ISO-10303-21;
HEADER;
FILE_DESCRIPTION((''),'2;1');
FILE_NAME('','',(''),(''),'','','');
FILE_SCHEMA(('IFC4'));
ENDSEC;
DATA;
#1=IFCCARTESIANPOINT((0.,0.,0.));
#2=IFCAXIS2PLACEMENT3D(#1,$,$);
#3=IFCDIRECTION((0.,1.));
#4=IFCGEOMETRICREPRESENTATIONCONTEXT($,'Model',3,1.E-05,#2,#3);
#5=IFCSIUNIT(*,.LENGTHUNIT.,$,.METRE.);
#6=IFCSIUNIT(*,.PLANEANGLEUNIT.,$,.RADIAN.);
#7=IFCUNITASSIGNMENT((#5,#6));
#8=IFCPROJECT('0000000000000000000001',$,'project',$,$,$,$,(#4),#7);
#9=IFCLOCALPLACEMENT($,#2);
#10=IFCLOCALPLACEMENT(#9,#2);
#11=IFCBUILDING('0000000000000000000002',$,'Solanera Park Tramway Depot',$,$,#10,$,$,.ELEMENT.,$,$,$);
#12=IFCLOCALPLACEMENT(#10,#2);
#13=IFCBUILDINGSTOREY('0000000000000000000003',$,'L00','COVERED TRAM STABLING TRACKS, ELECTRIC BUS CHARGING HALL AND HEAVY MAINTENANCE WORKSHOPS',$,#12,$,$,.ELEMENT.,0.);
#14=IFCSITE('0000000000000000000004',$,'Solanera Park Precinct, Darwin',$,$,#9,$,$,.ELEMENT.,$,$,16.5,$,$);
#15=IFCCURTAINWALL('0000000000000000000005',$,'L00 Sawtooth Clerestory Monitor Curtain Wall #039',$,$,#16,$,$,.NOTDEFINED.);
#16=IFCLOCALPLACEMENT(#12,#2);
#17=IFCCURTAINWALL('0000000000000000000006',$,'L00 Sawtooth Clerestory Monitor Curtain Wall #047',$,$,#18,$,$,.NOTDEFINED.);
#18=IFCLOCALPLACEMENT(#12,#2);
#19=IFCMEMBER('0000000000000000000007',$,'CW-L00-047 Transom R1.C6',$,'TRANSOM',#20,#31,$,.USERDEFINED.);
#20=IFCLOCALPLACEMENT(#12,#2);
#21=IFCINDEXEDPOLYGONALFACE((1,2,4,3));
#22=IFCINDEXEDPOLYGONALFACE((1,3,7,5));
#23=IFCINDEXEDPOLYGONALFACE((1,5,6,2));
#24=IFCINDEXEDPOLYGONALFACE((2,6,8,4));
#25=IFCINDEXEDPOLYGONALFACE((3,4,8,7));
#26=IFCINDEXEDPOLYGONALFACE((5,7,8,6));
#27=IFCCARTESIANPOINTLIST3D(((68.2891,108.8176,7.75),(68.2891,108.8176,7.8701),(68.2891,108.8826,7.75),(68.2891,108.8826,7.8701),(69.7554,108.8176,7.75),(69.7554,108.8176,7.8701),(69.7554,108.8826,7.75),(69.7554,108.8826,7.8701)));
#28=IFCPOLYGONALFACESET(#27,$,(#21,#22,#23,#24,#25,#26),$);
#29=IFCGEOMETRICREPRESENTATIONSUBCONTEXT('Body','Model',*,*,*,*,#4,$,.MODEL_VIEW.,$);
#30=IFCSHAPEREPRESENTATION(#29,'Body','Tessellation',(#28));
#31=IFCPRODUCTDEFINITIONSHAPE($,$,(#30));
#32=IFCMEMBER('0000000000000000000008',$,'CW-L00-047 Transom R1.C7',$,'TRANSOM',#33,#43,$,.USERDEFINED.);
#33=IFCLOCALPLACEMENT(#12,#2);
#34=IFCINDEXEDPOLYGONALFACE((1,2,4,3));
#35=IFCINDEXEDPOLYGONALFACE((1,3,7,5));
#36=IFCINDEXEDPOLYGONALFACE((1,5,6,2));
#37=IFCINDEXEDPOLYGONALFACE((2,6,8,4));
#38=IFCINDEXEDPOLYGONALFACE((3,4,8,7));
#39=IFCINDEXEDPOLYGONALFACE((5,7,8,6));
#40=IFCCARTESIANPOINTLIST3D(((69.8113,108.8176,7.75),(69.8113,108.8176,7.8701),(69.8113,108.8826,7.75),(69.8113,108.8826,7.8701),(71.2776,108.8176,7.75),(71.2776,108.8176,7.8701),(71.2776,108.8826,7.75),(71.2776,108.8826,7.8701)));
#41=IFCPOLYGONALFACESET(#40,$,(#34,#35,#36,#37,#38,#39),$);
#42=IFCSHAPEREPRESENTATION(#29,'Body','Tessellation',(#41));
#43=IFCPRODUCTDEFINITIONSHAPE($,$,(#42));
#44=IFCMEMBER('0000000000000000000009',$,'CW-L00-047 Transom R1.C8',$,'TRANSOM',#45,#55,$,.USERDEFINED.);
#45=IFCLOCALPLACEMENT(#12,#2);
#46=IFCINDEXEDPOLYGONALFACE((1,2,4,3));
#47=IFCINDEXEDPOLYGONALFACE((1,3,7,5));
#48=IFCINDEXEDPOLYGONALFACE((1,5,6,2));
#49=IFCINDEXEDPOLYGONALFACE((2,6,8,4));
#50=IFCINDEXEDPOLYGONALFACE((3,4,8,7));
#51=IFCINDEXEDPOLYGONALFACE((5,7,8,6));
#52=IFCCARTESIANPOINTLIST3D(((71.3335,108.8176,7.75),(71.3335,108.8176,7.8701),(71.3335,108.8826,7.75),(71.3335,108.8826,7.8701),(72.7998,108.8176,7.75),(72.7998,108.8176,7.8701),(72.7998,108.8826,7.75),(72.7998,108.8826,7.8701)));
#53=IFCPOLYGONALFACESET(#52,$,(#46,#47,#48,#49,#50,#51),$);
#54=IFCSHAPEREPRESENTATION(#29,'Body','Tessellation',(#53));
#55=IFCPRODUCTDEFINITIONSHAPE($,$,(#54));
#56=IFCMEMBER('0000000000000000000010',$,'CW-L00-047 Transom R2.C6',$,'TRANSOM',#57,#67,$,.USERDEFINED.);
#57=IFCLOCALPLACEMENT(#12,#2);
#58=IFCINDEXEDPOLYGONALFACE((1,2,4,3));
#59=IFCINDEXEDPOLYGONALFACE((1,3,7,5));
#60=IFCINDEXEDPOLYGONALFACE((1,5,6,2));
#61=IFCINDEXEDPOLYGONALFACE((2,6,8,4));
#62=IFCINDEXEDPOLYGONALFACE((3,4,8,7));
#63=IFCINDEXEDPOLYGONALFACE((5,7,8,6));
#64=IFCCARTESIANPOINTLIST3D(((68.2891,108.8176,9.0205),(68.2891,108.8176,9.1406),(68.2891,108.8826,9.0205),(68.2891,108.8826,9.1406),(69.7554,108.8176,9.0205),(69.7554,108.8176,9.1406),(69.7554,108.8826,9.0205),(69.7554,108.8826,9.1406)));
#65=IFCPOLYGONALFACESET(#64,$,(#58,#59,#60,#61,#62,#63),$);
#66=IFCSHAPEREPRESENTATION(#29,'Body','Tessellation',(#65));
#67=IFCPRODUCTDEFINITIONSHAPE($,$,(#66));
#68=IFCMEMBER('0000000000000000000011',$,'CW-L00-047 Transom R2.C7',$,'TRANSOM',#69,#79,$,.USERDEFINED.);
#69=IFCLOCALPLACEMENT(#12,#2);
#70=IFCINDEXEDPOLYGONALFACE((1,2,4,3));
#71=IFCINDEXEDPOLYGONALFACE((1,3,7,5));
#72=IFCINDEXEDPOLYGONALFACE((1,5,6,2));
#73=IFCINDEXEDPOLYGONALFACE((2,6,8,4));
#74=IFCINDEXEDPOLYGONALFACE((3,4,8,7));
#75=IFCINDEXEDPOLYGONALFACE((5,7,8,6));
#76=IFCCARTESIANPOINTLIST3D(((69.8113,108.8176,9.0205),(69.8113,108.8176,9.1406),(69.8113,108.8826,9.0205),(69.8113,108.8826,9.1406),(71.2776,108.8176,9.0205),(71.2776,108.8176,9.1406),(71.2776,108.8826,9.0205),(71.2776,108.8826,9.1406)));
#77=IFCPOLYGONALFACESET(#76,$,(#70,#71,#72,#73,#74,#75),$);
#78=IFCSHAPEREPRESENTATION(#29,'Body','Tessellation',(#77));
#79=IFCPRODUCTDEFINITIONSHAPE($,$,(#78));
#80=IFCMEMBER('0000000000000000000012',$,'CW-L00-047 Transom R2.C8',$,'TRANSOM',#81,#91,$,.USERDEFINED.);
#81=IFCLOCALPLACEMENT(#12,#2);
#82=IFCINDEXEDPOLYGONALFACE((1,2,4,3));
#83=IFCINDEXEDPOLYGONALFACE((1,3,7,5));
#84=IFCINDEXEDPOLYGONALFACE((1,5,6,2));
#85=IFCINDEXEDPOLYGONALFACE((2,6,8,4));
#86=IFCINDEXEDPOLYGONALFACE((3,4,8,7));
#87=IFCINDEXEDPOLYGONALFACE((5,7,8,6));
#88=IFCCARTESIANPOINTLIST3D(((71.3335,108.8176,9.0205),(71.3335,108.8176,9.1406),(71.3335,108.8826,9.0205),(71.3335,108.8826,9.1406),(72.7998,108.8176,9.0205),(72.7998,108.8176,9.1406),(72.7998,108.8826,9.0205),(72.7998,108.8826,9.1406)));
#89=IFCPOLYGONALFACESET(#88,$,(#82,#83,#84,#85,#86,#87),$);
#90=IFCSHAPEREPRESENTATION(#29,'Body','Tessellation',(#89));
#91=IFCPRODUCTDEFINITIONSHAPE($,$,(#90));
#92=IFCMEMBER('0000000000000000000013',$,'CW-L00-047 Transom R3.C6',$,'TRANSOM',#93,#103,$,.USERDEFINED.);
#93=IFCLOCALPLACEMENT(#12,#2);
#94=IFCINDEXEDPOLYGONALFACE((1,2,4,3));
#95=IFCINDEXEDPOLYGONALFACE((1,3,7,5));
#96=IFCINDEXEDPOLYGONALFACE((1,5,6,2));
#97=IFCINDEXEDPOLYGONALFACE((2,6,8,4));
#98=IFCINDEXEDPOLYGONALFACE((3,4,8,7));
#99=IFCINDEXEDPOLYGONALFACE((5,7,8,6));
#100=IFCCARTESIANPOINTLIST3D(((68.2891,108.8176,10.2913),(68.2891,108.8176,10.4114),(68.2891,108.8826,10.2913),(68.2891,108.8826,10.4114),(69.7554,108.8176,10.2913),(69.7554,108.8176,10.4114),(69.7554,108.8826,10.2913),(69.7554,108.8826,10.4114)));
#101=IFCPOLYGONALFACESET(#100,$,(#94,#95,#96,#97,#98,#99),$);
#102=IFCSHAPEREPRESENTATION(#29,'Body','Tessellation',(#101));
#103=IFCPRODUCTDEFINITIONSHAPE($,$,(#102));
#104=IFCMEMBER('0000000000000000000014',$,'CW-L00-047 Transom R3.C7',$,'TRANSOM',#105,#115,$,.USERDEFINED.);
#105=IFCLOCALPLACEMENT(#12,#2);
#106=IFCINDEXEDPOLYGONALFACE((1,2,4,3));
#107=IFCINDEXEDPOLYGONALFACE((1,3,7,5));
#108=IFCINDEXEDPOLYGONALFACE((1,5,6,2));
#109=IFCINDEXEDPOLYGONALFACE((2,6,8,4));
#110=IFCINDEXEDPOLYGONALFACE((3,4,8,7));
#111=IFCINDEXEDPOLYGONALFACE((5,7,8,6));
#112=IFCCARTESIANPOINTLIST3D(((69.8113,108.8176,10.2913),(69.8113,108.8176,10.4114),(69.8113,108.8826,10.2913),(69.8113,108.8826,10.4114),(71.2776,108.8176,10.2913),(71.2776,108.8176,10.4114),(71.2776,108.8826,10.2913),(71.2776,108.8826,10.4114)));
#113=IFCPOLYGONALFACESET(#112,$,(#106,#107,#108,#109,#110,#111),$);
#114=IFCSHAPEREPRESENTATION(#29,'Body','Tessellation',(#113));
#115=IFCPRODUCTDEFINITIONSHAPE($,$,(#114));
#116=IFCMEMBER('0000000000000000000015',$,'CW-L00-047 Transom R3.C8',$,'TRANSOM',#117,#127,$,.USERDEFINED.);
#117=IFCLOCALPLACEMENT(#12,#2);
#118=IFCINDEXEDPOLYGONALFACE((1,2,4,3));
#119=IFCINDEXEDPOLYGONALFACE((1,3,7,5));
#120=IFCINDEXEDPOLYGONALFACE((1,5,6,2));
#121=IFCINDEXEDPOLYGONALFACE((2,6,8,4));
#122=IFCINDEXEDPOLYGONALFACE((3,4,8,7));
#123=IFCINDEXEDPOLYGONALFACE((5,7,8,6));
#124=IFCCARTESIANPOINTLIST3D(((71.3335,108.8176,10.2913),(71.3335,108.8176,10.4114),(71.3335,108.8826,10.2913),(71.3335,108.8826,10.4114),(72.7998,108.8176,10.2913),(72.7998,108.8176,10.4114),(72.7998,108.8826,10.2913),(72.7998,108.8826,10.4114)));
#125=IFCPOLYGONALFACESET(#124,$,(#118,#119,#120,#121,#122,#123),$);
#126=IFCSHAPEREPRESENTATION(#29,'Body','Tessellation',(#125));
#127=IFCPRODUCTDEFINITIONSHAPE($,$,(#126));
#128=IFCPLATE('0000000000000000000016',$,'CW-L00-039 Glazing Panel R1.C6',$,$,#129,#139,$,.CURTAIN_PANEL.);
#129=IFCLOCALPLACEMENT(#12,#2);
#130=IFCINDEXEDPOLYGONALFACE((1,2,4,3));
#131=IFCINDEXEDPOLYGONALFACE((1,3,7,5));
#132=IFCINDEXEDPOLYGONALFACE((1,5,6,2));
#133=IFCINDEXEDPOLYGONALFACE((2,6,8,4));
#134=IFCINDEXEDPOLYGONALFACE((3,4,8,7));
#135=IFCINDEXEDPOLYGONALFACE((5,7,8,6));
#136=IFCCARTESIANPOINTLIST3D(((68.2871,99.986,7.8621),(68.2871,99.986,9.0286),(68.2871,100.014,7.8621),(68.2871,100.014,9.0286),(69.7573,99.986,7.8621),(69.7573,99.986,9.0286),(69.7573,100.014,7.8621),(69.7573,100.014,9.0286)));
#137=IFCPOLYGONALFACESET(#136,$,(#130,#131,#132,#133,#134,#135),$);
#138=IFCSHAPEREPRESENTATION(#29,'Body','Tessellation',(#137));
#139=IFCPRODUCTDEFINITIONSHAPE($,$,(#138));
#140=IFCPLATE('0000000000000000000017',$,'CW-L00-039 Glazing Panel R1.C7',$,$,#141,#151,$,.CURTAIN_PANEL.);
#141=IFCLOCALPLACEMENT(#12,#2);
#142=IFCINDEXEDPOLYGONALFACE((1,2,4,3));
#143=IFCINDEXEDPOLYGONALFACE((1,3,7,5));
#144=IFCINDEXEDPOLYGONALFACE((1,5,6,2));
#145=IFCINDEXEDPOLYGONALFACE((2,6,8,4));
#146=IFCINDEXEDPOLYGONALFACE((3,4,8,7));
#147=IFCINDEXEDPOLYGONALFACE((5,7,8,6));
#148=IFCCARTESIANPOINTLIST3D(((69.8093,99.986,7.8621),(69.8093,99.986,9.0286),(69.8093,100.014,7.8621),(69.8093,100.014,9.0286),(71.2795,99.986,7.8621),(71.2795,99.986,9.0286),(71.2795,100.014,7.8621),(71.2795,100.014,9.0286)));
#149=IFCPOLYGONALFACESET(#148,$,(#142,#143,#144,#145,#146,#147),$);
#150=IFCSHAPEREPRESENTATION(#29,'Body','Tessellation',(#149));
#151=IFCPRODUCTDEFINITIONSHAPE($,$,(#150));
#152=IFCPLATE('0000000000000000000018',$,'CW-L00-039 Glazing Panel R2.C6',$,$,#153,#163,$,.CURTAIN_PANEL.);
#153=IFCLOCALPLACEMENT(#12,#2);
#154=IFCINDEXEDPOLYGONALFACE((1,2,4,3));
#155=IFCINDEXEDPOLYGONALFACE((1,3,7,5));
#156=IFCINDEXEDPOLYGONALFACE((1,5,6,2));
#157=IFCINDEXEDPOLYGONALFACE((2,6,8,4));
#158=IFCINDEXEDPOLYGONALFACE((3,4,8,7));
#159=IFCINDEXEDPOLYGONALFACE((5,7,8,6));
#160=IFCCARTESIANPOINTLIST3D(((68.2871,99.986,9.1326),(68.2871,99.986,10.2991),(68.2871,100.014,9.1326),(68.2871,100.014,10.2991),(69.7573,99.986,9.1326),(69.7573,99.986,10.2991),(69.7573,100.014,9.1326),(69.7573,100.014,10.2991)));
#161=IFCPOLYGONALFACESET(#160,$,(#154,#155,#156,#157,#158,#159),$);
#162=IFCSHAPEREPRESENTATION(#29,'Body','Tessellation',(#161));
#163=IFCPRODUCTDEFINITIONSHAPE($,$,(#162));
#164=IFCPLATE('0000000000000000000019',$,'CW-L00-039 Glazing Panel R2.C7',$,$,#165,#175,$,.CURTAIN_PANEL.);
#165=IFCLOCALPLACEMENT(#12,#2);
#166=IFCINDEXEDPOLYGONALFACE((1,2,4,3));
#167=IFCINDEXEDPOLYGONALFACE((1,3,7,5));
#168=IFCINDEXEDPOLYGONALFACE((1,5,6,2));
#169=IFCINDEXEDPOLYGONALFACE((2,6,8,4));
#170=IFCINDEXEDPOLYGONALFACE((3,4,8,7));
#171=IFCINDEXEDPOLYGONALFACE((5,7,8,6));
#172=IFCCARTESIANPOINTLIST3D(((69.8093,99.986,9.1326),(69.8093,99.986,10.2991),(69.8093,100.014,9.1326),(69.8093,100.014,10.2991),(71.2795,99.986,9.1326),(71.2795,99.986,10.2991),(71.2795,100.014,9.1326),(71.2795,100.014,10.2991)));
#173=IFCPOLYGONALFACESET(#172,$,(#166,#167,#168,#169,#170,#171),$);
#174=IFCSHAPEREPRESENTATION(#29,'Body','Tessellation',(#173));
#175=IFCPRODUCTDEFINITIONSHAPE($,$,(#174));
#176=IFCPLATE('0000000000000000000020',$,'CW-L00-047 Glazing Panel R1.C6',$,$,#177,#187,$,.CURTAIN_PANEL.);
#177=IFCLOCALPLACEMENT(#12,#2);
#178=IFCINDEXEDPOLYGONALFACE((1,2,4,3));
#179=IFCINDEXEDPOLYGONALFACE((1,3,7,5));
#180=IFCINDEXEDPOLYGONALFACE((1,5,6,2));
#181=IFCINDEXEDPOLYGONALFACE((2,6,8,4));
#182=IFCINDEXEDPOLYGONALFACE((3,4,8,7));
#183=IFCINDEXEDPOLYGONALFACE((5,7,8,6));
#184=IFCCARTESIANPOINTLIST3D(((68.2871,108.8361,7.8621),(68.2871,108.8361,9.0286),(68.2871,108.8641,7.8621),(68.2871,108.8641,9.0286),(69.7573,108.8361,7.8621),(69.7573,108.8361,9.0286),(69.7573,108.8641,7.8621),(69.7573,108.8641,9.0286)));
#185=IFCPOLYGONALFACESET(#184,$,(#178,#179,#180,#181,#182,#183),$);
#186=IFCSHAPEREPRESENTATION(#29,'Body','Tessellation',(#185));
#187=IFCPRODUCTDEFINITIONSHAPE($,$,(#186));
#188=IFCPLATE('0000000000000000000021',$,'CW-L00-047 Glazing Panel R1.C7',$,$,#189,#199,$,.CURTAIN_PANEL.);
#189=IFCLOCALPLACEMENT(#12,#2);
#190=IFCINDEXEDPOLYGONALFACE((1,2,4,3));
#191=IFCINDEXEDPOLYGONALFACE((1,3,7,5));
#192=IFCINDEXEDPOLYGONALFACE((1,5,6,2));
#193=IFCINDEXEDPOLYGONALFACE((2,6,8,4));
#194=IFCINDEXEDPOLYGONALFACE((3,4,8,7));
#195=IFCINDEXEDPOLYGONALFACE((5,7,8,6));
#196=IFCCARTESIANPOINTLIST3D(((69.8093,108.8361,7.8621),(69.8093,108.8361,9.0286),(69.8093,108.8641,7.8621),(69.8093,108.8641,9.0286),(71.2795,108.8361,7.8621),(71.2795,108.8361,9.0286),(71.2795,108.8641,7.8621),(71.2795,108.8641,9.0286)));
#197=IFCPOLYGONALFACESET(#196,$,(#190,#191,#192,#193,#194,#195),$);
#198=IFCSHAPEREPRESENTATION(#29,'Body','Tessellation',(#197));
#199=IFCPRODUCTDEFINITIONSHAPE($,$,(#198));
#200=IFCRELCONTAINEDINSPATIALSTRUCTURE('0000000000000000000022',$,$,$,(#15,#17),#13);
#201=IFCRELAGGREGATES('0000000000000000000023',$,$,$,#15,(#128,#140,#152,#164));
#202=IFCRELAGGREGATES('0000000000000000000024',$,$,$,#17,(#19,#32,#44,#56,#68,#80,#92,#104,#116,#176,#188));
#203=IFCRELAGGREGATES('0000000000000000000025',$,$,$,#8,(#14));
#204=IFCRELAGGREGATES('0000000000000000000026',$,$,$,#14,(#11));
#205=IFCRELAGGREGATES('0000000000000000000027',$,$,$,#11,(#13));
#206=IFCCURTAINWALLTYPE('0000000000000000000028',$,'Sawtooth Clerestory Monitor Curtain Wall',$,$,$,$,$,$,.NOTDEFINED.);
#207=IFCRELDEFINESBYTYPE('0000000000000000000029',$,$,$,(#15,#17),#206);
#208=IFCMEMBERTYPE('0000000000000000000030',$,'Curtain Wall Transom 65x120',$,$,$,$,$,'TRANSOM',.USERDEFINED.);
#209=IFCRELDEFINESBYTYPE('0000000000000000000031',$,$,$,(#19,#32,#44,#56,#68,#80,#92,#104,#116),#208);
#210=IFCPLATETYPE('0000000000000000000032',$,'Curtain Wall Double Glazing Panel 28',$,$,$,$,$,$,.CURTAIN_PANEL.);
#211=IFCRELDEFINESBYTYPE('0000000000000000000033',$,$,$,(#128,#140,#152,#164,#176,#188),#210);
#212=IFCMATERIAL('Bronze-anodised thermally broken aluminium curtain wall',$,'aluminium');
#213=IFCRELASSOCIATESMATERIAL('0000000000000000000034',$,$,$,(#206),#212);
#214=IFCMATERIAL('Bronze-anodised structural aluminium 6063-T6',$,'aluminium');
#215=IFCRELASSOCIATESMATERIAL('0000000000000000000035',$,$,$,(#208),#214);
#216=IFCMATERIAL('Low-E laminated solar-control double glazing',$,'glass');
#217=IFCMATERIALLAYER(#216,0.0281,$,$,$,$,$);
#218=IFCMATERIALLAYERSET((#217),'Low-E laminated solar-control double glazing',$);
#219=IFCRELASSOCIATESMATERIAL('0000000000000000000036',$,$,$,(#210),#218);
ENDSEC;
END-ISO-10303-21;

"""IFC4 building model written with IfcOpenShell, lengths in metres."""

from ifc_helpers import new_model, si_unit, direction, frame, origin, origin_2d, place, context, subcontext, project, spatial, rectangle, extrude, material, layer, layer_set, material_profile, profile_set, type_object, element, aggregate, save


model = new_model("IFC4")

# Units and contexts
model_context = context("Model", 3, precision=1e-05, world=origin(), true_north=direction((0.0, 1.0)))
body_context = subcontext(model_context, "Body", "Model", "MODEL_VIEW")
ifc_project = project(units=[si_unit("LENGTHUNIT", "METRE"), si_unit("PLANEANGLEUNIT", "RADIAN")], contexts=[model_context])

# Site, building, storey
site_placement = place(None, origin())
site = spatial("IfcSite", under=ifc_project, at=site_placement, Name="Solanera Park Precinct, Darwin", CompositionType="ELEMENT", RefElevation=16.5)
building_placement = place(site_placement, origin())
building = spatial("IfcBuilding", under=site, at=building_placement, Name="Solanera Park Tramway Depot", CompositionType="ELEMENT")
storey_placement = place(building_placement, origin())
storey = spatial("IfcBuildingStorey", under=building, at=storey_placement, Name="L00", Description="COVERED TRAM STABLING TRACKS, ELECTRIC BUS CHARGING HALL AND HEAVY MAINTENANCE WORKSHOPS", CompositionType="ELEMENT", Elevation=0.0)

# Curtain walls
ifc_material_1 = material(Name="Bronze-anodised thermally broken aluminium curtain wall", Category="aluminium")
curtain_wall_type = type_object("IfcCurtainWallType", Name="Sawtooth Clerestory Monitor Curtain Wall", PredefinedType="NOTDEFINED", material=ifc_material_1)
curtain_wall_1_placement = place(storey_placement, origin())
curtain_wall_1 = element("IfcCurtainWall", 1, at=curtain_wall_1_placement, inside=storey, type_object=curtain_wall_type, Name="L00 Sawtooth Clerestory Monitor Curtain Wall #039", PredefinedType="NOTDEFINED")
curtain_wall_2_placement = place(storey_placement, origin())
curtain_wall_2 = element("IfcCurtainWall", 2, at=curtain_wall_2_placement, inside=storey, type_object=curtain_wall_type, Name="L00 Sawtooth Clerestory Monitor Curtain Wall #047", PredefinedType="NOTDEFINED")

# Members
ifc_material_2 = material(Name="Bronze-anodised structural aluminium 6063-T6", Category="aluminium")
ifc_material_profile_1 = material_profile(ifc_material_2, rectangle(XDim=0.0649, YDim=0.1201, at=origin_2d()), Name="Curtain Wall Transom 65x120")
ifc_profile_set_1 = profile_set([ifc_material_profile_1], Name="Bronze-anodised structural aluminium 6063-T6")
member_type_1 = type_object("IfcMemberType", Name="Curtain Wall Transom 65x120", ElementType="TRANSOM", PredefinedType="USERDEFINED", material=ifc_profile_set_1)
member_1_placement = place(storey_placement, frame((68.2891, 108.8501, 7.8101), z_axis=(1.0, 0.0, 0.0), x_axis=(0.0, 1.0, 0.0)))
member_1 = element("IfcMember", 3, at=member_1_placement, type_object=member_type_1, Name="CW-L00-047 Transom R1.C6", ObjectType="TRANSOM", PredefinedType="USERDEFINED", context=body_context, shape_type="SweptSolid", body=[
    extrude(rectangle(XDim=0.0649, YDim=0.1201, at=origin_2d()), origin(), (0.0, 0.0, 1.0), 1.4663),
])
member_2_placement = place(storey_placement, frame((69.8113, 108.8501, 7.8101), z_axis=(1.0, 0.0, 0.0), x_axis=(0.0, 1.0, 0.0)))
member_2 = element("IfcMember", 4, at=member_2_placement, type_object=member_type_1, Name="CW-L00-047 Transom R1.C7", ObjectType="TRANSOM", PredefinedType="USERDEFINED", context=body_context, shape_type="SweptSolid", body=[
    extrude(rectangle(XDim=0.0649, YDim=0.1201, at=origin_2d()), origin(), (0.0, 0.0, 1.0), 1.4663),
])
member_3_placement = place(storey_placement, frame((71.3335, 108.8501, 7.8101), z_axis=(1.0, 0.0, 0.0), x_axis=(0.0, 1.0, 0.0)))
member_3 = element("IfcMember", 5, at=member_3_placement, type_object=member_type_1, Name="CW-L00-047 Transom R1.C8", ObjectType="TRANSOM", PredefinedType="USERDEFINED", context=body_context, shape_type="SweptSolid", body=[
    extrude(rectangle(XDim=0.0649, YDim=0.1201, at=origin_2d()), origin(), (0.0, 0.0, 1.0), 1.4663),
])
member_4_placement = place(storey_placement, frame((68.2891, 108.8501, 9.0806), z_axis=(1.0, 0.0, 0.0), x_axis=(0.0, 1.0, 0.0)))
member_4 = element("IfcMember", 6, at=member_4_placement, type_object=member_type_1, Name="CW-L00-047 Transom R2.C6", ObjectType="TRANSOM", PredefinedType="USERDEFINED", context=body_context, shape_type="SweptSolid", body=[
    extrude(rectangle(XDim=0.0649, YDim=0.1201, at=origin_2d()), origin(), (0.0, 0.0, 1.0), 1.4663),
])
member_5_placement = place(storey_placement, frame((69.8113, 108.8501, 9.0806), z_axis=(1.0, 0.0, 0.0), x_axis=(0.0, 1.0, 0.0)))
member_5 = element("IfcMember", 7, at=member_5_placement, type_object=member_type_1, Name="CW-L00-047 Transom R2.C7", ObjectType="TRANSOM", PredefinedType="USERDEFINED", context=body_context, shape_type="SweptSolid", body=[
    extrude(rectangle(XDim=0.0649, YDim=0.1201, at=origin_2d()), origin(), (0.0, 0.0, 1.0), 1.4663),
])
member_6_placement = place(storey_placement, frame((71.3335, 108.8501, 9.0806), z_axis=(1.0, 0.0, 0.0), x_axis=(0.0, 1.0, 0.0)))
member_6 = element("IfcMember", 8, at=member_6_placement, type_object=member_type_1, Name="CW-L00-047 Transom R2.C8", ObjectType="TRANSOM", PredefinedType="USERDEFINED", context=body_context, shape_type="SweptSolid", body=[
    extrude(rectangle(XDim=0.0649, YDim=0.1201, at=origin_2d()), origin(), (0.0, 0.0, 1.0), 1.4663),
])
member_7_placement = place(storey_placement, frame((68.2891, 108.8501, 10.3513), z_axis=(1.0, 0.0, 0.0), x_axis=(0.0, 1.0, 0.0)))
member_7 = element("IfcMember", 9, at=member_7_placement, type_object=member_type_1, Name="CW-L00-047 Transom R3.C6", ObjectType="TRANSOM", PredefinedType="USERDEFINED", context=body_context, shape_type="SweptSolid", body=[
    extrude(rectangle(XDim=0.0649, YDim=0.1201, at=origin_2d()), origin(), (0.0, 0.0, 1.0), 1.4663),
])
member_8_placement = place(storey_placement, frame((69.8113, 108.8501, 10.3513), z_axis=(1.0, 0.0, 0.0), x_axis=(0.0, 1.0, 0.0)))
member_8 = element("IfcMember", 10, at=member_8_placement, type_object=member_type_1, Name="CW-L00-047 Transom R3.C7", ObjectType="TRANSOM", PredefinedType="USERDEFINED", context=body_context, shape_type="SweptSolid", body=[
    extrude(rectangle(XDim=0.0649, YDim=0.1201, at=origin_2d()), origin(), (0.0, 0.0, 1.0), 1.4663),
])
member_9_placement = place(storey_placement, frame((71.3335, 108.8501, 10.3513), z_axis=(1.0, 0.0, 0.0), x_axis=(0.0, 1.0, 0.0)))
member_9 = element("IfcMember", 11, at=member_9_placement, type_object=member_type_1, Name="CW-L00-047 Transom R3.C8", ObjectType="TRANSOM", PredefinedType="USERDEFINED", context=body_context, shape_type="SweptSolid", body=[
    extrude(rectangle(XDim=0.0649, YDim=0.1201, at=origin_2d()), origin(), (0.0, 0.0, 1.0), 1.4663),
])

# Plates
ifc_material_3 = material(Name="Low-E laminated solar-control double glazing", Category="glass")
ifc_layer = layer(ifc_material_3, 0.0281)
ifc_layer_set = layer_set([ifc_layer], Name="Low-E laminated solar-control double glazing")
plate_type = type_object("IfcPlateType", Name="Curtain Wall Double Glazing Panel 28", PredefinedType="CURTAIN_PANEL", material=ifc_layer_set)
plate_1_placement = place(storey_placement, frame((69.0222, 100.0, 7.8621), z_axis=(0.0, 0.0, 1.0), x_axis=(1.0, 0.0, 0.0)))
plate_1 = element("IfcPlate", 12, at=plate_1_placement, type_object=plate_type, Name="CW-L00-039 Glazing Panel R1.C6", PredefinedType="CURTAIN_PANEL", context=body_context, shape_type="SweptSolid", body=[
    extrude(rectangle(XDim=1.4702, YDim=0.0281, at=origin_2d()), origin(), (0.0, 0.0, 1.0), 1.1665),
])
plate_2_placement = place(storey_placement, frame((70.5444, 100.0, 7.8621), z_axis=(0.0, 0.0, 1.0), x_axis=(1.0, 0.0, 0.0)))
plate_2 = element("IfcPlate", 13, at=plate_2_placement, type_object=plate_type, Name="CW-L00-039 Glazing Panel R1.C7", PredefinedType="CURTAIN_PANEL", context=body_context, shape_type="SweptSolid", body=[
    extrude(rectangle(XDim=1.4702, YDim=0.0281, at=origin_2d()), origin(), (0.0, 0.0, 1.0), 1.1665),
])
plate_3_placement = place(storey_placement, frame((69.0222, 100.0, 9.1326), z_axis=(0.0, 0.0, 1.0), x_axis=(1.0, 0.0, 0.0)))
plate_3 = element("IfcPlate", 14, at=plate_3_placement, type_object=plate_type, Name="CW-L00-039 Glazing Panel R2.C6", PredefinedType="CURTAIN_PANEL", context=body_context, shape_type="SweptSolid", body=[
    extrude(rectangle(XDim=1.4702, YDim=0.0281, at=origin_2d()), origin(), (0.0, 0.0, 1.0), 1.1665),
])
plate_4_placement = place(storey_placement, frame((70.5444, 100.0, 9.1326), z_axis=(0.0, 0.0, 1.0), x_axis=(1.0, 0.0, 0.0)))
plate_4 = element("IfcPlate", 15, at=plate_4_placement, type_object=plate_type, Name="CW-L00-039 Glazing Panel R2.C7", PredefinedType="CURTAIN_PANEL", context=body_context, shape_type="SweptSolid", body=[
    extrude(rectangle(XDim=1.4702, YDim=0.0281, at=origin_2d()), origin(), (0.0, 0.0, 1.0), 1.1665),
])
aggregate(curtain_wall_1, [plate_1, plate_2, plate_3, plate_4])
plate_5_placement = place(storey_placement, frame((69.0222, 108.8501, 7.8621), z_axis=(0.0, 0.0, 1.0), x_axis=(1.0, 0.0, 0.0)))
plate_5 = element("IfcPlate", 16, at=plate_5_placement, type_object=plate_type, Name="CW-L00-047 Glazing Panel R1.C6", PredefinedType="CURTAIN_PANEL", context=body_context, shape_type="SweptSolid", body=[
    extrude(rectangle(XDim=1.4702, YDim=0.0281, at=origin_2d()), origin(), (0.0, 0.0, 1.0), 1.1665),
])
plate_6_placement = place(storey_placement, frame((70.5444, 108.8501, 7.8621), z_axis=(0.0, 0.0, 1.0), x_axis=(1.0, 0.0, 0.0)))
plate_6 = element("IfcPlate", 17, at=plate_6_placement, type_object=plate_type, Name="CW-L00-047 Glazing Panel R1.C7", PredefinedType="CURTAIN_PANEL", context=body_context, shape_type="SweptSolid", body=[
    extrude(rectangle(XDim=1.4702, YDim=0.0281, at=origin_2d()), origin(), (0.0, 0.0, 1.0), 1.1665),
])
aggregate(curtain_wall_2, [member_1, member_2, member_3, member_4, member_5, member_6, member_7, member_8, member_9, plate_5, plate_6])

save(model, "model.ifc")
